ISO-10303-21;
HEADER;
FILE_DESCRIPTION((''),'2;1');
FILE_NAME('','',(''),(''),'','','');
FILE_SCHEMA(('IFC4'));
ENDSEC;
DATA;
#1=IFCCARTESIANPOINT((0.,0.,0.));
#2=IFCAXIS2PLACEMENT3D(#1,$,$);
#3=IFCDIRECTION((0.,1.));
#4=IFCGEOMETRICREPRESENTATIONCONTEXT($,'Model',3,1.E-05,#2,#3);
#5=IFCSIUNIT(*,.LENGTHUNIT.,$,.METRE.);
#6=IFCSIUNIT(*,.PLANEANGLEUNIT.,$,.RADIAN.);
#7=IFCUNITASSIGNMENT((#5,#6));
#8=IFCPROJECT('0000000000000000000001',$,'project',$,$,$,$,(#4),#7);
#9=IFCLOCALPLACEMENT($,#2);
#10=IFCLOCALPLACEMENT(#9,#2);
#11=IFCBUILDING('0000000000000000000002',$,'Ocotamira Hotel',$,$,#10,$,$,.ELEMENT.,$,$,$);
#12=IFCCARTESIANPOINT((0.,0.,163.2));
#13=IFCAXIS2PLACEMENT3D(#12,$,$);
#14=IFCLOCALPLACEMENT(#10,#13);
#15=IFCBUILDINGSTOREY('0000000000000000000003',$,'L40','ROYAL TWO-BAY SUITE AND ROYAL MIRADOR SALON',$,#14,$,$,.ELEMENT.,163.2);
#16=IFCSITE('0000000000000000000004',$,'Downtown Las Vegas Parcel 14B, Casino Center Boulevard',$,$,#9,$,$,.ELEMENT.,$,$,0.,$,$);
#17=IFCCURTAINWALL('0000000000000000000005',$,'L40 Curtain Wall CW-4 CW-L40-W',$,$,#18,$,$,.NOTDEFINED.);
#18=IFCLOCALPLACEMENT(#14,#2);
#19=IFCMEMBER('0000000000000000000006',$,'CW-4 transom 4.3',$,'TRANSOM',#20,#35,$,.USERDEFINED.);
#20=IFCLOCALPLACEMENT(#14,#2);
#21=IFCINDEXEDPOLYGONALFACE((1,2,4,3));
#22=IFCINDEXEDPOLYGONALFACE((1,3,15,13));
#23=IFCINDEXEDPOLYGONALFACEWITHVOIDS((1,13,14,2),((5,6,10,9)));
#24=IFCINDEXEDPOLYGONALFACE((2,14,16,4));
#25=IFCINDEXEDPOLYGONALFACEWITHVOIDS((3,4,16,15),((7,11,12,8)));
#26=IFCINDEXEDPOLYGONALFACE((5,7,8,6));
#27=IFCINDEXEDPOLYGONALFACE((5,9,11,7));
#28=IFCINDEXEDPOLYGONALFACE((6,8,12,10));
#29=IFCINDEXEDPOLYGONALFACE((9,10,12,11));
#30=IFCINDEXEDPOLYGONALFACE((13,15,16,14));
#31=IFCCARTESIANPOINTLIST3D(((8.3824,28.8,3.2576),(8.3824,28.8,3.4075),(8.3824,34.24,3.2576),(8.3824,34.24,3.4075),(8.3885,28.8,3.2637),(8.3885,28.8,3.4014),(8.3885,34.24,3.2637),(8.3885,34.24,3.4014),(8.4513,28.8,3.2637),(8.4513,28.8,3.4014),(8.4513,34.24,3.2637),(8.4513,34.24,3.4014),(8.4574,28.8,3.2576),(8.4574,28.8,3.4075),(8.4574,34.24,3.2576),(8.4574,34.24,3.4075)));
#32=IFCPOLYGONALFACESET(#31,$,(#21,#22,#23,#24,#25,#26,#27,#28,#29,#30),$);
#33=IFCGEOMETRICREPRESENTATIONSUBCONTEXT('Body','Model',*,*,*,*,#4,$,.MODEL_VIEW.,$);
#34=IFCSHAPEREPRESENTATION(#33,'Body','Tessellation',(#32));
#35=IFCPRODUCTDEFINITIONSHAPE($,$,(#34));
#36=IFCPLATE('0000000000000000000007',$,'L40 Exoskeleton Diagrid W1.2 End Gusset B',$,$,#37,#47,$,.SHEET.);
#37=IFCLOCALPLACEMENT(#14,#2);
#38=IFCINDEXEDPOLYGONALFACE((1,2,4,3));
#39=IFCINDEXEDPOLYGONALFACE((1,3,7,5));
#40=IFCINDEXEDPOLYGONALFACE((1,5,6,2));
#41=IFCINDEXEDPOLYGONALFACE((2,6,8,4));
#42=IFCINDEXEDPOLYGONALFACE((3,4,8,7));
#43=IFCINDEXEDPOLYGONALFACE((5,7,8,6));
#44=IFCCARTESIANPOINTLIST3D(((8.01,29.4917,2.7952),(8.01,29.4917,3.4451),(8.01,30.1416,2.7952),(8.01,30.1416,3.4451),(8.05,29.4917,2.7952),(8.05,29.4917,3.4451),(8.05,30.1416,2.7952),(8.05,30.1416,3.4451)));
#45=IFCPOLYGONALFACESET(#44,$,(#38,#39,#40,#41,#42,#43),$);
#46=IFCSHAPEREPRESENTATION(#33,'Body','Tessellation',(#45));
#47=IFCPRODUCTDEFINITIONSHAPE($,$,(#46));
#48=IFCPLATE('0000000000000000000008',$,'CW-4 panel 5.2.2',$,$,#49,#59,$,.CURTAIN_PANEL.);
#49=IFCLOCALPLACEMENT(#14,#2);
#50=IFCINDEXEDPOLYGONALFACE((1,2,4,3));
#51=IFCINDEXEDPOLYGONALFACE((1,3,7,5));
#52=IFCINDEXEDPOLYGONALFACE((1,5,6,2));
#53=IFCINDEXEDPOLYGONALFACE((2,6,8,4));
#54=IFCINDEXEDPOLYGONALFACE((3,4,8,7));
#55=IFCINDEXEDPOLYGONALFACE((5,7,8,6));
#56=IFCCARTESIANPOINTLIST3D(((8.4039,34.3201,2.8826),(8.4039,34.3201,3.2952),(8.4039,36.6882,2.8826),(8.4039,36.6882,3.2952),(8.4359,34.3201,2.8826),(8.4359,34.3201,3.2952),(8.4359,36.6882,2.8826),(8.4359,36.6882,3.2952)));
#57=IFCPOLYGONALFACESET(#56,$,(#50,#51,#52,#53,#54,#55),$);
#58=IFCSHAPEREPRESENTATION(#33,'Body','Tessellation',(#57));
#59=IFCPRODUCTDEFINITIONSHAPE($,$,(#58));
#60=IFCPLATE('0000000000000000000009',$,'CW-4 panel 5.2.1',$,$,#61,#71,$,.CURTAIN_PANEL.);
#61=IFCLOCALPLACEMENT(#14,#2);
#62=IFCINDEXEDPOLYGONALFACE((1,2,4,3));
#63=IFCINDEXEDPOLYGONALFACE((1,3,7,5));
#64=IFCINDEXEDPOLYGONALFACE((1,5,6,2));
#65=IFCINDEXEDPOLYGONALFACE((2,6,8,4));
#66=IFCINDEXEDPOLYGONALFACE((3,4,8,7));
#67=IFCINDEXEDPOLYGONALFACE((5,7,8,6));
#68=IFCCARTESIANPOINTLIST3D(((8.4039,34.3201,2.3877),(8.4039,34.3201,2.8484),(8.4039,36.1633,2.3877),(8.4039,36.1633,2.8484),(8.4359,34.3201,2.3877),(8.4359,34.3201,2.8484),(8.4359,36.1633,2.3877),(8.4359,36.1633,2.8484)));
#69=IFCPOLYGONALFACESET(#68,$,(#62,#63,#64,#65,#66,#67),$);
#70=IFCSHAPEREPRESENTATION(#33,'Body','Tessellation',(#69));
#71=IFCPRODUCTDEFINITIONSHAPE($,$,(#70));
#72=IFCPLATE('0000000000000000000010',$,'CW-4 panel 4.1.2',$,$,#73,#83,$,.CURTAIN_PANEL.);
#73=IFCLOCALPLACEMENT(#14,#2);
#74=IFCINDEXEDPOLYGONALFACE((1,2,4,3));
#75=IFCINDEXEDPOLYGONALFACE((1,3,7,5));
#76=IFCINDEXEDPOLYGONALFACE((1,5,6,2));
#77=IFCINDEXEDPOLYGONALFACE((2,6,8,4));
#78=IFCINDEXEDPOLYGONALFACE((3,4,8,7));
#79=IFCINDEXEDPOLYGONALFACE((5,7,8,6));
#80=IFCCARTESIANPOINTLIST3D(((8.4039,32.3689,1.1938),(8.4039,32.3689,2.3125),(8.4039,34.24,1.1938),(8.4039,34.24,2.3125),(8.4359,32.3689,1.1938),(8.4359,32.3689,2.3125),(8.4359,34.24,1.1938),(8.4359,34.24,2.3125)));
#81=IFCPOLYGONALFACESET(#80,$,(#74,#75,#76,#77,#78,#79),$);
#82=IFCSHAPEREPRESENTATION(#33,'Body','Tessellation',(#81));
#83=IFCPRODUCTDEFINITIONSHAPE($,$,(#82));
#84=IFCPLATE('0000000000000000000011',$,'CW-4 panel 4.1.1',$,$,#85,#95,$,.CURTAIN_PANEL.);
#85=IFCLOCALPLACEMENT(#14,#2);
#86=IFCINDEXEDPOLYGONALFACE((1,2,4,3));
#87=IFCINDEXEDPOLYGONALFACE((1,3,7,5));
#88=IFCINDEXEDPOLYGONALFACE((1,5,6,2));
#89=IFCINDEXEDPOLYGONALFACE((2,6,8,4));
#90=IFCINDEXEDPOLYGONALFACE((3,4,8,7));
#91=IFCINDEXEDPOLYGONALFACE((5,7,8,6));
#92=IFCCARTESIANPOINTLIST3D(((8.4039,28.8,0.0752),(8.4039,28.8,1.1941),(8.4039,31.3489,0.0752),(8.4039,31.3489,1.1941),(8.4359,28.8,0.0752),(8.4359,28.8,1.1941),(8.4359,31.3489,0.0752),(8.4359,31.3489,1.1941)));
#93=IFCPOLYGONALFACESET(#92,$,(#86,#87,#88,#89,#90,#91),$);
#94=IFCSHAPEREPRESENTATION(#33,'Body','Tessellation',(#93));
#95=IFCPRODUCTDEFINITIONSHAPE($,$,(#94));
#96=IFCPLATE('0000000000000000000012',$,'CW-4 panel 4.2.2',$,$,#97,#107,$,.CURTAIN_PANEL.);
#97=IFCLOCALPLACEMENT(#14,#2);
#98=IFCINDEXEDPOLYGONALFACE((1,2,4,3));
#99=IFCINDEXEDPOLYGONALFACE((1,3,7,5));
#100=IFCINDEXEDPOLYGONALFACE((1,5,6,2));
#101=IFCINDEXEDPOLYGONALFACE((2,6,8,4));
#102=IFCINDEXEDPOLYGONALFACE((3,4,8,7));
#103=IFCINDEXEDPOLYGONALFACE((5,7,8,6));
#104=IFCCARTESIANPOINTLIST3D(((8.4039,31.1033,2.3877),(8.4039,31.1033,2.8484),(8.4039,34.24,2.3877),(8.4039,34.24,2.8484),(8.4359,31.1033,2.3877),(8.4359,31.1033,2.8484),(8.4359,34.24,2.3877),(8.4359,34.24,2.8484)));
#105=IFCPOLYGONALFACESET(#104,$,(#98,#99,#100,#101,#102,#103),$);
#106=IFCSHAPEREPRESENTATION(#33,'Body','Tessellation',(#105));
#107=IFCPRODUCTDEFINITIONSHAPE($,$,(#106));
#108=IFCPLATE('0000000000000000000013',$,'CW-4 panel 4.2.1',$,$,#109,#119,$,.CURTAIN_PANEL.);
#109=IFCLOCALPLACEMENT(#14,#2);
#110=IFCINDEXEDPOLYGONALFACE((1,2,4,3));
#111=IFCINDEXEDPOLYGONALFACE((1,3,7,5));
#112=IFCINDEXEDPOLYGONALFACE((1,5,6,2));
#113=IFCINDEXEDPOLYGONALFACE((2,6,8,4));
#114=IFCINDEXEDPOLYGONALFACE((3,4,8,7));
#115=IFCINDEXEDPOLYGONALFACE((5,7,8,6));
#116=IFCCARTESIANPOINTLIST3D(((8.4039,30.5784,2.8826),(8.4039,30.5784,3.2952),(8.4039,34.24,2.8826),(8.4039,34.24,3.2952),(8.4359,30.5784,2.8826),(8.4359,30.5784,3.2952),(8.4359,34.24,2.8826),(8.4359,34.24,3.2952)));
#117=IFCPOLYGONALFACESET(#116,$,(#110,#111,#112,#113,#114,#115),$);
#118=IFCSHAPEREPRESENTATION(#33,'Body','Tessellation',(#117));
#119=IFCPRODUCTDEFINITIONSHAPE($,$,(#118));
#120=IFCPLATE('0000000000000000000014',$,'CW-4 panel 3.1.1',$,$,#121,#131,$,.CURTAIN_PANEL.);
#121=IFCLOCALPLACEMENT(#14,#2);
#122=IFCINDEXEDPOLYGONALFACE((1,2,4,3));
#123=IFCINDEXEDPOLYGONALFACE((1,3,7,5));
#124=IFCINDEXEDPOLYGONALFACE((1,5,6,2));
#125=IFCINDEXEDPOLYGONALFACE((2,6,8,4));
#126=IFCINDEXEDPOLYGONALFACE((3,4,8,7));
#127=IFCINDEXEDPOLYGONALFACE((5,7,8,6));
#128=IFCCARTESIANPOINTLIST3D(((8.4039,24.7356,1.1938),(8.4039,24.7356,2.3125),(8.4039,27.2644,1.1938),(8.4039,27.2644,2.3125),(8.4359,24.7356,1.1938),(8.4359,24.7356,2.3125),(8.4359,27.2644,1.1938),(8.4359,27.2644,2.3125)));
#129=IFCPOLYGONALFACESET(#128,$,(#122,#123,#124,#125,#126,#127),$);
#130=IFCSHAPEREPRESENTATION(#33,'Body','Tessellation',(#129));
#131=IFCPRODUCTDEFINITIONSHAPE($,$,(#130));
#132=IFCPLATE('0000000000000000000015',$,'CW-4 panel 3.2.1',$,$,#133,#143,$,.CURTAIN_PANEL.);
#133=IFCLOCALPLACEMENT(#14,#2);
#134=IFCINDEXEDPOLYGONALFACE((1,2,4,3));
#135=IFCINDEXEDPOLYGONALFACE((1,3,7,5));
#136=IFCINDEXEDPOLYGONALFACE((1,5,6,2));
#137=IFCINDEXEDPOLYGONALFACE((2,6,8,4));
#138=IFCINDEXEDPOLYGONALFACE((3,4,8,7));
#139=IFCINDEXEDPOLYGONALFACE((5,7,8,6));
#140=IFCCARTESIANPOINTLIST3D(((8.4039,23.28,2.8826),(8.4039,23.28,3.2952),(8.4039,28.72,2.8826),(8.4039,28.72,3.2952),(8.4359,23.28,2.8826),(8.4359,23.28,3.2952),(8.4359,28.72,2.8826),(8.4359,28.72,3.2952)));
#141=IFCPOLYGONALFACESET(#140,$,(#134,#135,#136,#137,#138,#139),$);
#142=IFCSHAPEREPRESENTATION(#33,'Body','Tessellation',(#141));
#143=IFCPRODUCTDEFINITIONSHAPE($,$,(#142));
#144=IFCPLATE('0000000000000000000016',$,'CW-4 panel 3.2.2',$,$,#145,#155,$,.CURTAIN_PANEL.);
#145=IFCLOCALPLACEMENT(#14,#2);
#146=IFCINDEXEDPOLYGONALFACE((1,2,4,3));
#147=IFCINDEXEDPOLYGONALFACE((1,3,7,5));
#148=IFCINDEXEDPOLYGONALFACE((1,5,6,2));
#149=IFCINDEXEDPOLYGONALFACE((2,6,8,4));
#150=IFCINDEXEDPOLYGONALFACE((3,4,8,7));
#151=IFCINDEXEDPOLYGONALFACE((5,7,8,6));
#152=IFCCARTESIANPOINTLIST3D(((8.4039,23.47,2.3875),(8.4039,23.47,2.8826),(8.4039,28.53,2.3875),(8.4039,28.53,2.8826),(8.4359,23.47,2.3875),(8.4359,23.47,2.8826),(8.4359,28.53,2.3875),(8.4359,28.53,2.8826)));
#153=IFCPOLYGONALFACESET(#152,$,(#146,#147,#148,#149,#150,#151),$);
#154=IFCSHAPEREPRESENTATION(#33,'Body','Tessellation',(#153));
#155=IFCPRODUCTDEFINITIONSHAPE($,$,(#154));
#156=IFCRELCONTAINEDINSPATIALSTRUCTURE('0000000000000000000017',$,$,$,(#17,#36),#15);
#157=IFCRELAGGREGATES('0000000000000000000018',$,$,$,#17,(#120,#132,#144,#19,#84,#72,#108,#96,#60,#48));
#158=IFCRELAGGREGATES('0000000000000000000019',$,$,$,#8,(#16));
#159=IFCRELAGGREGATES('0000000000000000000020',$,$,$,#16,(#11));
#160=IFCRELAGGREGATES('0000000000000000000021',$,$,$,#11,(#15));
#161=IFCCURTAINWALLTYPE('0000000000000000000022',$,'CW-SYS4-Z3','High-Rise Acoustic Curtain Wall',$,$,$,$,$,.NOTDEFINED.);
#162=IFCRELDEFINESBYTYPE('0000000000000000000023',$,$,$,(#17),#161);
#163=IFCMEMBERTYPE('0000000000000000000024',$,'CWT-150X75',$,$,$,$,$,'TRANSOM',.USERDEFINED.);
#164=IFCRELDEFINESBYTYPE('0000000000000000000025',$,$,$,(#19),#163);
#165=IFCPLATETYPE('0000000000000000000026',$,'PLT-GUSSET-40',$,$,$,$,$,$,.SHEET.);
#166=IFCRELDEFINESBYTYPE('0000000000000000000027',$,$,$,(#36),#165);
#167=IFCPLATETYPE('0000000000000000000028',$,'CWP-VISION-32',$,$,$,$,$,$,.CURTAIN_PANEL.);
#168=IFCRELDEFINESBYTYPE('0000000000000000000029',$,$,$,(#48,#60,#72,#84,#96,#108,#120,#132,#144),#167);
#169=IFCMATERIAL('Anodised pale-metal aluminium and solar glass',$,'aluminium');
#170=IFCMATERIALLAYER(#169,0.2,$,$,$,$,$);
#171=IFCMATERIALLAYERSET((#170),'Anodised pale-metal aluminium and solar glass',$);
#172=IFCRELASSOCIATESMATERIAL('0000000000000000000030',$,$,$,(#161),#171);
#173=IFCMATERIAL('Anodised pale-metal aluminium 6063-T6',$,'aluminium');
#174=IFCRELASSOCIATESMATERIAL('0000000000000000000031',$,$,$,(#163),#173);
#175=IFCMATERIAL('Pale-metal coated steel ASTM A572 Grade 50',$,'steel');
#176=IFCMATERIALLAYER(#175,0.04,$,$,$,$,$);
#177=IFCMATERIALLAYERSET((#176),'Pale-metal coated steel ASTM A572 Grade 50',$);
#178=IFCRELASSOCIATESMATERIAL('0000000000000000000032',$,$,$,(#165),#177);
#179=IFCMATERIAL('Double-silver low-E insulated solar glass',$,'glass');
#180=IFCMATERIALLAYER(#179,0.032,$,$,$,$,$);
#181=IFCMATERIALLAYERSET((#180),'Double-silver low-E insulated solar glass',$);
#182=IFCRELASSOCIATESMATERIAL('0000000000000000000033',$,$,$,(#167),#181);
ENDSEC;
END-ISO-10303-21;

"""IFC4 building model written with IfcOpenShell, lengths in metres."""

from ifc_helpers import new_model, si_unit, direction, frame, origin, origin_2d, place, context, subcontext, project, spatial, rectangle, hollow_rectangle, extrude, source, transform, mapped, material, layer, layer_set, material_profile, profile_set, type_object, element, aggregate, save


model = new_model("IFC4")

# Units and contexts
model_context = context("Model", 3, precision=1e-05, world=origin(), true_north=direction((0.0, 1.0)))
body_context = subcontext(model_context, "Body", "Model", "MODEL_VIEW")
ifc_project = project(units=[si_unit("LENGTHUNIT", "METRE"), si_unit("PLANEANGLEUNIT", "RADIAN")], contexts=[model_context])

# Site, building, storey
site_placement = place(None, origin())
site = spatial("IfcSite", under=ifc_project, at=site_placement, Name="Downtown Las Vegas Parcel 14B, Casino Center Boulevard", CompositionType="ELEMENT", RefElevation=0.0)
building_placement = place(site_placement, origin())
building = spatial("IfcBuilding", under=site, at=building_placement, Name="Ocotamira Hotel", CompositionType="ELEMENT")
storey_placement = place(building_placement, frame((0.0, 0.0, 163.2)))
storey = spatial("IfcBuildingStorey", under=building, at=storey_placement, Name="L40", Description="ROYAL TWO-BAY SUITE AND ROYAL MIRADOR SALON", CompositionType="ELEMENT", Elevation=163.2)

# Curtain wall, member
ifc_material_1 = material(Name="Anodised pale-metal aluminium and solar glass", Category="aluminium")
ifc_layer_1 = layer(ifc_material_1, 0.2)
ifc_layer_set_1 = layer_set([ifc_layer_1], Name="Anodised pale-metal aluminium and solar glass")
curtain_wall_type = type_object("IfcCurtainWallType", Name="CW-SYS4-Z3", Description="High-Rise Acoustic Curtain Wall", PredefinedType="NOTDEFINED", material=ifc_layer_set_1)
curtain_wall_placement = place(storey_placement, origin())
curtain_wall = element("IfcCurtainWall", 1, at=curtain_wall_placement, inside=storey, type_object=curtain_wall_type, Name="L40 Curtain Wall CW-4 CW-L40-W", PredefinedType="NOTDEFINED")
ifc_material_2 = material(Name="Anodised pale-metal aluminium 6063-T6", Category="aluminium")
ifc_material_profile_1 = material_profile(ifc_material_2, hollow_rectangle(XDim=0.075, YDim=0.1499, WallThickness=0.0061, at=origin_2d()), Name="HSS150X75X6")
ifc_profile_set_1 = profile_set([ifc_material_profile_1], Name="Anodised pale-metal aluminium 6063-T6")
member_type_1 = type_object("IfcMemberType", Name="CWT-150X75", ElementType="TRANSOM", PredefinedType="USERDEFINED", material=ifc_profile_set_1)
shared_shape_1 = source(origin(), body_context, "Body", "SweptSolid", [
    extrude(hollow_rectangle(XDim=0.075, YDim=0.1499, WallThickness=0.0061, at=origin_2d()), origin(), (0.0, 0.0, 1.0), 5.4399),
])
member_1_placement = place(storey_placement, frame((8.4199, 28.8, 3.3325), z_axis=(0.0, 1.0, 0.0), x_axis=(-1.0, 0.0, 0.0)))
member_1 = element("IfcMember", 2, at=member_1_placement, type_object=member_type_1, Name="CW-4 transom 4.3", ObjectType="TRANSOM", PredefinedType="USERDEFINED", context=body_context, shape_type="MappedRepresentation", body=[
    mapped(shared_shape_1, transform((0.0, 0.0, 0.0), scale=1.0)),
])

# Plates
ifc_material_3 = material(Name="Pale-metal coated steel ASTM A572 Grade 50", Category="steel")
ifc_layer_2 = layer(ifc_material_3, 0.04)
ifc_layer_set_2 = layer_set([ifc_layer_2], Name="Pale-metal coated steel ASTM A572 Grade 50")
plate_type_1 = type_object("IfcPlateType", Name="PLT-GUSSET-40", PredefinedType="SHEET", material=ifc_layer_set_2)
shared_shape_2 = source(origin(), body_context, "Body", "SweptSolid", [
    extrude(rectangle(XDim=0.04, YDim=0.6499, at=origin_2d()), origin(), (0.0, 0.0, 1.0), 0.6499),
])
plate_1_placement = place(storey_placement, frame((8.03, 29.8167, 2.7952), z_axis=(0.0, 0.0, 1.0), x_axis=(1.0, 0.0, 0.0)))
element("IfcPlate", 3, at=plate_1_placement, inside=storey, type_object=plate_type_1, Name="L40 Exoskeleton Diagrid W1.2 End Gusset B", PredefinedType="SHEET", context=body_context, shape_type="MappedRepresentation", body=[
    mapped(shared_shape_2, transform((0.0, 0.0, 0.0), scale=1.0)),
])
ifc_material_4 = material(Name="Double-silver low-E insulated solar glass", Category="glass")
ifc_layer_3 = layer(ifc_material_4, 0.032)
ifc_layer_set_3 = layer_set([ifc_layer_3], Name="Double-silver low-E insulated solar glass")
plate_type_2 = type_object("IfcPlateType", Name="CWP-VISION-32", PredefinedType="CURTAIN_PANEL", material=ifc_layer_set_3)
shared_shape_3 = source(origin(), body_context, "Body", "SweptSolid", [
    extrude(rectangle(XDim=2.3682, YDim=0.032, at=origin_2d()), origin(), (0.0, 0.0, 1.0), 0.4126),
])
plate_2_placement = place(storey_placement, frame((8.4199, 35.5042, 2.8826), z_axis=(0.0, 0.0, 1.0), x_axis=(0.0, 1.0, 0.0)))
plate_2 = element("IfcPlate", 4, at=plate_2_placement, type_object=plate_type_2, Name="CW-4 panel 5.2.2", PredefinedType="CURTAIN_PANEL", context=body_context, shape_type="MappedRepresentation", body=[
    mapped(shared_shape_3, transform((0.0, 0.0, 0.0), scale=1.0)),
])
shared_shape_4 = source(origin(), body_context, "Body", "SweptSolid", [
    extrude(rectangle(XDim=1.8433, YDim=0.032, at=origin_2d()), origin(), (0.0, 0.0, 1.0), 0.4607),
])
plate_3_placement = place(storey_placement, frame((8.4199, 35.2417, 2.3877), z_axis=(0.0, 0.0, 1.0), x_axis=(0.0, 1.0, 0.0)))
plate_3 = element("IfcPlate", 5, at=plate_3_placement, type_object=plate_type_2, Name="CW-4 panel 5.2.1", PredefinedType="CURTAIN_PANEL", context=body_context, shape_type="MappedRepresentation", body=[
    mapped(shared_shape_4, transform((0.0, 0.0, 0.0), scale=1.0)),
])
shared_shape_5 = source(origin(), body_context, "Body", "SweptSolid", [
    extrude(rectangle(XDim=1.8711, YDim=0.032, at=origin_2d()), origin(), (0.0, 0.0, 1.0), 1.1187),
])
plate_4_placement = place(storey_placement, frame((8.4199, 33.3044, 1.1938), z_axis=(0.0, 0.0, 1.0), x_axis=(0.0, 1.0, 0.0)))
plate_4 = element("IfcPlate", 6, at=plate_4_placement, type_object=plate_type_2, Name="CW-4 panel 4.1.2", PredefinedType="CURTAIN_PANEL", context=body_context, shape_type="MappedRepresentation", body=[
    mapped(shared_shape_5, transform((0.0, 0.0, 0.0), scale=1.0)),
])
shared_shape_6 = source(origin(), body_context, "Body", "SweptSolid", [
    extrude(rectangle(XDim=2.5488, YDim=0.032, at=origin_2d()), origin(), (0.0, 0.0, 1.0), 1.1189),
])
plate_5_placement = place(storey_placement, frame((8.4199, 30.0745, 0.0752), z_axis=(0.0, 0.0, 1.0), x_axis=(0.0, 1.0, 0.0)))
plate_5 = element("IfcPlate", 7, at=plate_5_placement, type_object=plate_type_2, Name="CW-4 panel 4.1.1", PredefinedType="CURTAIN_PANEL", context=body_context, shape_type="MappedRepresentation", body=[
    mapped(shared_shape_6, transform((0.0, 0.0, 0.0), scale=1.0)),
])
shared_shape_7 = source(origin(), body_context, "Body", "SweptSolid", [
    extrude(rectangle(XDim=3.1367, YDim=0.032, at=origin_2d()), origin(), (0.0, 0.0, 1.0), 0.4607),
])
plate_6_placement = place(storey_placement, frame((8.4199, 32.6716, 2.3877), z_axis=(0.0, 0.0, 1.0), x_axis=(0.0, 1.0, 0.0)))
plate_6 = element("IfcPlate", 8, at=plate_6_placement, type_object=plate_type_2, Name="CW-4 panel 4.2.2", PredefinedType="CURTAIN_PANEL", context=body_context, shape_type="MappedRepresentation", body=[
    mapped(shared_shape_7, transform((0.0, 0.0, 0.0), scale=1.0)),
])
shared_shape_8 = source(origin(), body_context, "Body", "SweptSolid", [
    extrude(rectangle(XDim=3.6616, YDim=0.032, at=origin_2d()), origin(), (0.0, 0.0, 1.0), 0.4126),
])
plate_7_placement = place(storey_placement, frame((8.4199, 32.4092, 2.8826), z_axis=(0.0, 0.0, 1.0), x_axis=(0.0, 1.0, 0.0)))
plate_7 = element("IfcPlate", 9, at=plate_7_placement, type_object=plate_type_2, Name="CW-4 panel 4.2.1", PredefinedType="CURTAIN_PANEL", context=body_context, shape_type="MappedRepresentation", body=[
    mapped(shared_shape_8, transform((0.0, 0.0, 0.0), scale=1.0)),
])
shared_shape_9 = source(origin(), body_context, "Body", "SweptSolid", [
    extrude(rectangle(XDim=2.5288, YDim=0.032, at=origin_2d()), origin(), (0.0, 0.0, 1.0), 1.1187),
])
plate_8_placement = place(storey_placement, frame((8.4199, 26.0, 1.1938), z_axis=(0.0, 0.0, 1.0), x_axis=(0.0, 1.0, 0.0)))
plate_8 = element("IfcPlate", 10, at=plate_8_placement, type_object=plate_type_2, Name="CW-4 panel 3.1.1", PredefinedType="CURTAIN_PANEL", context=body_context, shape_type="MappedRepresentation", body=[
    mapped(shared_shape_9, transform((0.0, 0.0, 0.0), scale=1.0)),
])
shared_shape_10 = source(origin(), body_context, "Body", "SweptSolid", [
    extrude(rectangle(XDim=5.4399, YDim=0.032, at=origin_2d()), origin(), (0.0, 0.0, 1.0), 0.4126),
])
plate_9_placement = place(storey_placement, frame((8.4199, 26.0, 2.8826), z_axis=(0.0, 0.0, 1.0), x_axis=(0.0, 1.0, 0.0)))
plate_9 = element("IfcPlate", 11, at=plate_9_placement, type_object=plate_type_2, Name="CW-4 panel 3.2.1", PredefinedType="CURTAIN_PANEL", context=body_context, shape_type="MappedRepresentation", body=[
    mapped(shared_shape_10, transform((0.0, 0.0, 0.0), scale=1.0)),
])
shared_shape_11 = source(origin(), body_context, "Body", "SweptSolid", [
    extrude(rectangle(XDim=5.0601, YDim=0.032, at=origin_2d()), origin(), (0.0, 0.0, 1.0), 0.4951),
])
plate_10_placement = place(storey_placement, frame((8.4199, 26.0, 2.3875), z_axis=(0.0, 0.0, 1.0), x_axis=(0.0, 1.0, 0.0)))
plate_10 = element("IfcPlate", 12, at=plate_10_placement, type_object=plate_type_2, Name="CW-4 panel 3.2.2", PredefinedType="CURTAIN_PANEL", context=body_context, shape_type="MappedRepresentation", body=[
    mapped(shared_shape_11, transform((0.0, 0.0, 0.0), scale=1.0)),
])
aggregate(curtain_wall, [plate_8, plate_9, plate_10, member_1, plate_5, plate_4, plate_7, plate_6, plate_3, plate_2])

save(model, "model.ifc")
